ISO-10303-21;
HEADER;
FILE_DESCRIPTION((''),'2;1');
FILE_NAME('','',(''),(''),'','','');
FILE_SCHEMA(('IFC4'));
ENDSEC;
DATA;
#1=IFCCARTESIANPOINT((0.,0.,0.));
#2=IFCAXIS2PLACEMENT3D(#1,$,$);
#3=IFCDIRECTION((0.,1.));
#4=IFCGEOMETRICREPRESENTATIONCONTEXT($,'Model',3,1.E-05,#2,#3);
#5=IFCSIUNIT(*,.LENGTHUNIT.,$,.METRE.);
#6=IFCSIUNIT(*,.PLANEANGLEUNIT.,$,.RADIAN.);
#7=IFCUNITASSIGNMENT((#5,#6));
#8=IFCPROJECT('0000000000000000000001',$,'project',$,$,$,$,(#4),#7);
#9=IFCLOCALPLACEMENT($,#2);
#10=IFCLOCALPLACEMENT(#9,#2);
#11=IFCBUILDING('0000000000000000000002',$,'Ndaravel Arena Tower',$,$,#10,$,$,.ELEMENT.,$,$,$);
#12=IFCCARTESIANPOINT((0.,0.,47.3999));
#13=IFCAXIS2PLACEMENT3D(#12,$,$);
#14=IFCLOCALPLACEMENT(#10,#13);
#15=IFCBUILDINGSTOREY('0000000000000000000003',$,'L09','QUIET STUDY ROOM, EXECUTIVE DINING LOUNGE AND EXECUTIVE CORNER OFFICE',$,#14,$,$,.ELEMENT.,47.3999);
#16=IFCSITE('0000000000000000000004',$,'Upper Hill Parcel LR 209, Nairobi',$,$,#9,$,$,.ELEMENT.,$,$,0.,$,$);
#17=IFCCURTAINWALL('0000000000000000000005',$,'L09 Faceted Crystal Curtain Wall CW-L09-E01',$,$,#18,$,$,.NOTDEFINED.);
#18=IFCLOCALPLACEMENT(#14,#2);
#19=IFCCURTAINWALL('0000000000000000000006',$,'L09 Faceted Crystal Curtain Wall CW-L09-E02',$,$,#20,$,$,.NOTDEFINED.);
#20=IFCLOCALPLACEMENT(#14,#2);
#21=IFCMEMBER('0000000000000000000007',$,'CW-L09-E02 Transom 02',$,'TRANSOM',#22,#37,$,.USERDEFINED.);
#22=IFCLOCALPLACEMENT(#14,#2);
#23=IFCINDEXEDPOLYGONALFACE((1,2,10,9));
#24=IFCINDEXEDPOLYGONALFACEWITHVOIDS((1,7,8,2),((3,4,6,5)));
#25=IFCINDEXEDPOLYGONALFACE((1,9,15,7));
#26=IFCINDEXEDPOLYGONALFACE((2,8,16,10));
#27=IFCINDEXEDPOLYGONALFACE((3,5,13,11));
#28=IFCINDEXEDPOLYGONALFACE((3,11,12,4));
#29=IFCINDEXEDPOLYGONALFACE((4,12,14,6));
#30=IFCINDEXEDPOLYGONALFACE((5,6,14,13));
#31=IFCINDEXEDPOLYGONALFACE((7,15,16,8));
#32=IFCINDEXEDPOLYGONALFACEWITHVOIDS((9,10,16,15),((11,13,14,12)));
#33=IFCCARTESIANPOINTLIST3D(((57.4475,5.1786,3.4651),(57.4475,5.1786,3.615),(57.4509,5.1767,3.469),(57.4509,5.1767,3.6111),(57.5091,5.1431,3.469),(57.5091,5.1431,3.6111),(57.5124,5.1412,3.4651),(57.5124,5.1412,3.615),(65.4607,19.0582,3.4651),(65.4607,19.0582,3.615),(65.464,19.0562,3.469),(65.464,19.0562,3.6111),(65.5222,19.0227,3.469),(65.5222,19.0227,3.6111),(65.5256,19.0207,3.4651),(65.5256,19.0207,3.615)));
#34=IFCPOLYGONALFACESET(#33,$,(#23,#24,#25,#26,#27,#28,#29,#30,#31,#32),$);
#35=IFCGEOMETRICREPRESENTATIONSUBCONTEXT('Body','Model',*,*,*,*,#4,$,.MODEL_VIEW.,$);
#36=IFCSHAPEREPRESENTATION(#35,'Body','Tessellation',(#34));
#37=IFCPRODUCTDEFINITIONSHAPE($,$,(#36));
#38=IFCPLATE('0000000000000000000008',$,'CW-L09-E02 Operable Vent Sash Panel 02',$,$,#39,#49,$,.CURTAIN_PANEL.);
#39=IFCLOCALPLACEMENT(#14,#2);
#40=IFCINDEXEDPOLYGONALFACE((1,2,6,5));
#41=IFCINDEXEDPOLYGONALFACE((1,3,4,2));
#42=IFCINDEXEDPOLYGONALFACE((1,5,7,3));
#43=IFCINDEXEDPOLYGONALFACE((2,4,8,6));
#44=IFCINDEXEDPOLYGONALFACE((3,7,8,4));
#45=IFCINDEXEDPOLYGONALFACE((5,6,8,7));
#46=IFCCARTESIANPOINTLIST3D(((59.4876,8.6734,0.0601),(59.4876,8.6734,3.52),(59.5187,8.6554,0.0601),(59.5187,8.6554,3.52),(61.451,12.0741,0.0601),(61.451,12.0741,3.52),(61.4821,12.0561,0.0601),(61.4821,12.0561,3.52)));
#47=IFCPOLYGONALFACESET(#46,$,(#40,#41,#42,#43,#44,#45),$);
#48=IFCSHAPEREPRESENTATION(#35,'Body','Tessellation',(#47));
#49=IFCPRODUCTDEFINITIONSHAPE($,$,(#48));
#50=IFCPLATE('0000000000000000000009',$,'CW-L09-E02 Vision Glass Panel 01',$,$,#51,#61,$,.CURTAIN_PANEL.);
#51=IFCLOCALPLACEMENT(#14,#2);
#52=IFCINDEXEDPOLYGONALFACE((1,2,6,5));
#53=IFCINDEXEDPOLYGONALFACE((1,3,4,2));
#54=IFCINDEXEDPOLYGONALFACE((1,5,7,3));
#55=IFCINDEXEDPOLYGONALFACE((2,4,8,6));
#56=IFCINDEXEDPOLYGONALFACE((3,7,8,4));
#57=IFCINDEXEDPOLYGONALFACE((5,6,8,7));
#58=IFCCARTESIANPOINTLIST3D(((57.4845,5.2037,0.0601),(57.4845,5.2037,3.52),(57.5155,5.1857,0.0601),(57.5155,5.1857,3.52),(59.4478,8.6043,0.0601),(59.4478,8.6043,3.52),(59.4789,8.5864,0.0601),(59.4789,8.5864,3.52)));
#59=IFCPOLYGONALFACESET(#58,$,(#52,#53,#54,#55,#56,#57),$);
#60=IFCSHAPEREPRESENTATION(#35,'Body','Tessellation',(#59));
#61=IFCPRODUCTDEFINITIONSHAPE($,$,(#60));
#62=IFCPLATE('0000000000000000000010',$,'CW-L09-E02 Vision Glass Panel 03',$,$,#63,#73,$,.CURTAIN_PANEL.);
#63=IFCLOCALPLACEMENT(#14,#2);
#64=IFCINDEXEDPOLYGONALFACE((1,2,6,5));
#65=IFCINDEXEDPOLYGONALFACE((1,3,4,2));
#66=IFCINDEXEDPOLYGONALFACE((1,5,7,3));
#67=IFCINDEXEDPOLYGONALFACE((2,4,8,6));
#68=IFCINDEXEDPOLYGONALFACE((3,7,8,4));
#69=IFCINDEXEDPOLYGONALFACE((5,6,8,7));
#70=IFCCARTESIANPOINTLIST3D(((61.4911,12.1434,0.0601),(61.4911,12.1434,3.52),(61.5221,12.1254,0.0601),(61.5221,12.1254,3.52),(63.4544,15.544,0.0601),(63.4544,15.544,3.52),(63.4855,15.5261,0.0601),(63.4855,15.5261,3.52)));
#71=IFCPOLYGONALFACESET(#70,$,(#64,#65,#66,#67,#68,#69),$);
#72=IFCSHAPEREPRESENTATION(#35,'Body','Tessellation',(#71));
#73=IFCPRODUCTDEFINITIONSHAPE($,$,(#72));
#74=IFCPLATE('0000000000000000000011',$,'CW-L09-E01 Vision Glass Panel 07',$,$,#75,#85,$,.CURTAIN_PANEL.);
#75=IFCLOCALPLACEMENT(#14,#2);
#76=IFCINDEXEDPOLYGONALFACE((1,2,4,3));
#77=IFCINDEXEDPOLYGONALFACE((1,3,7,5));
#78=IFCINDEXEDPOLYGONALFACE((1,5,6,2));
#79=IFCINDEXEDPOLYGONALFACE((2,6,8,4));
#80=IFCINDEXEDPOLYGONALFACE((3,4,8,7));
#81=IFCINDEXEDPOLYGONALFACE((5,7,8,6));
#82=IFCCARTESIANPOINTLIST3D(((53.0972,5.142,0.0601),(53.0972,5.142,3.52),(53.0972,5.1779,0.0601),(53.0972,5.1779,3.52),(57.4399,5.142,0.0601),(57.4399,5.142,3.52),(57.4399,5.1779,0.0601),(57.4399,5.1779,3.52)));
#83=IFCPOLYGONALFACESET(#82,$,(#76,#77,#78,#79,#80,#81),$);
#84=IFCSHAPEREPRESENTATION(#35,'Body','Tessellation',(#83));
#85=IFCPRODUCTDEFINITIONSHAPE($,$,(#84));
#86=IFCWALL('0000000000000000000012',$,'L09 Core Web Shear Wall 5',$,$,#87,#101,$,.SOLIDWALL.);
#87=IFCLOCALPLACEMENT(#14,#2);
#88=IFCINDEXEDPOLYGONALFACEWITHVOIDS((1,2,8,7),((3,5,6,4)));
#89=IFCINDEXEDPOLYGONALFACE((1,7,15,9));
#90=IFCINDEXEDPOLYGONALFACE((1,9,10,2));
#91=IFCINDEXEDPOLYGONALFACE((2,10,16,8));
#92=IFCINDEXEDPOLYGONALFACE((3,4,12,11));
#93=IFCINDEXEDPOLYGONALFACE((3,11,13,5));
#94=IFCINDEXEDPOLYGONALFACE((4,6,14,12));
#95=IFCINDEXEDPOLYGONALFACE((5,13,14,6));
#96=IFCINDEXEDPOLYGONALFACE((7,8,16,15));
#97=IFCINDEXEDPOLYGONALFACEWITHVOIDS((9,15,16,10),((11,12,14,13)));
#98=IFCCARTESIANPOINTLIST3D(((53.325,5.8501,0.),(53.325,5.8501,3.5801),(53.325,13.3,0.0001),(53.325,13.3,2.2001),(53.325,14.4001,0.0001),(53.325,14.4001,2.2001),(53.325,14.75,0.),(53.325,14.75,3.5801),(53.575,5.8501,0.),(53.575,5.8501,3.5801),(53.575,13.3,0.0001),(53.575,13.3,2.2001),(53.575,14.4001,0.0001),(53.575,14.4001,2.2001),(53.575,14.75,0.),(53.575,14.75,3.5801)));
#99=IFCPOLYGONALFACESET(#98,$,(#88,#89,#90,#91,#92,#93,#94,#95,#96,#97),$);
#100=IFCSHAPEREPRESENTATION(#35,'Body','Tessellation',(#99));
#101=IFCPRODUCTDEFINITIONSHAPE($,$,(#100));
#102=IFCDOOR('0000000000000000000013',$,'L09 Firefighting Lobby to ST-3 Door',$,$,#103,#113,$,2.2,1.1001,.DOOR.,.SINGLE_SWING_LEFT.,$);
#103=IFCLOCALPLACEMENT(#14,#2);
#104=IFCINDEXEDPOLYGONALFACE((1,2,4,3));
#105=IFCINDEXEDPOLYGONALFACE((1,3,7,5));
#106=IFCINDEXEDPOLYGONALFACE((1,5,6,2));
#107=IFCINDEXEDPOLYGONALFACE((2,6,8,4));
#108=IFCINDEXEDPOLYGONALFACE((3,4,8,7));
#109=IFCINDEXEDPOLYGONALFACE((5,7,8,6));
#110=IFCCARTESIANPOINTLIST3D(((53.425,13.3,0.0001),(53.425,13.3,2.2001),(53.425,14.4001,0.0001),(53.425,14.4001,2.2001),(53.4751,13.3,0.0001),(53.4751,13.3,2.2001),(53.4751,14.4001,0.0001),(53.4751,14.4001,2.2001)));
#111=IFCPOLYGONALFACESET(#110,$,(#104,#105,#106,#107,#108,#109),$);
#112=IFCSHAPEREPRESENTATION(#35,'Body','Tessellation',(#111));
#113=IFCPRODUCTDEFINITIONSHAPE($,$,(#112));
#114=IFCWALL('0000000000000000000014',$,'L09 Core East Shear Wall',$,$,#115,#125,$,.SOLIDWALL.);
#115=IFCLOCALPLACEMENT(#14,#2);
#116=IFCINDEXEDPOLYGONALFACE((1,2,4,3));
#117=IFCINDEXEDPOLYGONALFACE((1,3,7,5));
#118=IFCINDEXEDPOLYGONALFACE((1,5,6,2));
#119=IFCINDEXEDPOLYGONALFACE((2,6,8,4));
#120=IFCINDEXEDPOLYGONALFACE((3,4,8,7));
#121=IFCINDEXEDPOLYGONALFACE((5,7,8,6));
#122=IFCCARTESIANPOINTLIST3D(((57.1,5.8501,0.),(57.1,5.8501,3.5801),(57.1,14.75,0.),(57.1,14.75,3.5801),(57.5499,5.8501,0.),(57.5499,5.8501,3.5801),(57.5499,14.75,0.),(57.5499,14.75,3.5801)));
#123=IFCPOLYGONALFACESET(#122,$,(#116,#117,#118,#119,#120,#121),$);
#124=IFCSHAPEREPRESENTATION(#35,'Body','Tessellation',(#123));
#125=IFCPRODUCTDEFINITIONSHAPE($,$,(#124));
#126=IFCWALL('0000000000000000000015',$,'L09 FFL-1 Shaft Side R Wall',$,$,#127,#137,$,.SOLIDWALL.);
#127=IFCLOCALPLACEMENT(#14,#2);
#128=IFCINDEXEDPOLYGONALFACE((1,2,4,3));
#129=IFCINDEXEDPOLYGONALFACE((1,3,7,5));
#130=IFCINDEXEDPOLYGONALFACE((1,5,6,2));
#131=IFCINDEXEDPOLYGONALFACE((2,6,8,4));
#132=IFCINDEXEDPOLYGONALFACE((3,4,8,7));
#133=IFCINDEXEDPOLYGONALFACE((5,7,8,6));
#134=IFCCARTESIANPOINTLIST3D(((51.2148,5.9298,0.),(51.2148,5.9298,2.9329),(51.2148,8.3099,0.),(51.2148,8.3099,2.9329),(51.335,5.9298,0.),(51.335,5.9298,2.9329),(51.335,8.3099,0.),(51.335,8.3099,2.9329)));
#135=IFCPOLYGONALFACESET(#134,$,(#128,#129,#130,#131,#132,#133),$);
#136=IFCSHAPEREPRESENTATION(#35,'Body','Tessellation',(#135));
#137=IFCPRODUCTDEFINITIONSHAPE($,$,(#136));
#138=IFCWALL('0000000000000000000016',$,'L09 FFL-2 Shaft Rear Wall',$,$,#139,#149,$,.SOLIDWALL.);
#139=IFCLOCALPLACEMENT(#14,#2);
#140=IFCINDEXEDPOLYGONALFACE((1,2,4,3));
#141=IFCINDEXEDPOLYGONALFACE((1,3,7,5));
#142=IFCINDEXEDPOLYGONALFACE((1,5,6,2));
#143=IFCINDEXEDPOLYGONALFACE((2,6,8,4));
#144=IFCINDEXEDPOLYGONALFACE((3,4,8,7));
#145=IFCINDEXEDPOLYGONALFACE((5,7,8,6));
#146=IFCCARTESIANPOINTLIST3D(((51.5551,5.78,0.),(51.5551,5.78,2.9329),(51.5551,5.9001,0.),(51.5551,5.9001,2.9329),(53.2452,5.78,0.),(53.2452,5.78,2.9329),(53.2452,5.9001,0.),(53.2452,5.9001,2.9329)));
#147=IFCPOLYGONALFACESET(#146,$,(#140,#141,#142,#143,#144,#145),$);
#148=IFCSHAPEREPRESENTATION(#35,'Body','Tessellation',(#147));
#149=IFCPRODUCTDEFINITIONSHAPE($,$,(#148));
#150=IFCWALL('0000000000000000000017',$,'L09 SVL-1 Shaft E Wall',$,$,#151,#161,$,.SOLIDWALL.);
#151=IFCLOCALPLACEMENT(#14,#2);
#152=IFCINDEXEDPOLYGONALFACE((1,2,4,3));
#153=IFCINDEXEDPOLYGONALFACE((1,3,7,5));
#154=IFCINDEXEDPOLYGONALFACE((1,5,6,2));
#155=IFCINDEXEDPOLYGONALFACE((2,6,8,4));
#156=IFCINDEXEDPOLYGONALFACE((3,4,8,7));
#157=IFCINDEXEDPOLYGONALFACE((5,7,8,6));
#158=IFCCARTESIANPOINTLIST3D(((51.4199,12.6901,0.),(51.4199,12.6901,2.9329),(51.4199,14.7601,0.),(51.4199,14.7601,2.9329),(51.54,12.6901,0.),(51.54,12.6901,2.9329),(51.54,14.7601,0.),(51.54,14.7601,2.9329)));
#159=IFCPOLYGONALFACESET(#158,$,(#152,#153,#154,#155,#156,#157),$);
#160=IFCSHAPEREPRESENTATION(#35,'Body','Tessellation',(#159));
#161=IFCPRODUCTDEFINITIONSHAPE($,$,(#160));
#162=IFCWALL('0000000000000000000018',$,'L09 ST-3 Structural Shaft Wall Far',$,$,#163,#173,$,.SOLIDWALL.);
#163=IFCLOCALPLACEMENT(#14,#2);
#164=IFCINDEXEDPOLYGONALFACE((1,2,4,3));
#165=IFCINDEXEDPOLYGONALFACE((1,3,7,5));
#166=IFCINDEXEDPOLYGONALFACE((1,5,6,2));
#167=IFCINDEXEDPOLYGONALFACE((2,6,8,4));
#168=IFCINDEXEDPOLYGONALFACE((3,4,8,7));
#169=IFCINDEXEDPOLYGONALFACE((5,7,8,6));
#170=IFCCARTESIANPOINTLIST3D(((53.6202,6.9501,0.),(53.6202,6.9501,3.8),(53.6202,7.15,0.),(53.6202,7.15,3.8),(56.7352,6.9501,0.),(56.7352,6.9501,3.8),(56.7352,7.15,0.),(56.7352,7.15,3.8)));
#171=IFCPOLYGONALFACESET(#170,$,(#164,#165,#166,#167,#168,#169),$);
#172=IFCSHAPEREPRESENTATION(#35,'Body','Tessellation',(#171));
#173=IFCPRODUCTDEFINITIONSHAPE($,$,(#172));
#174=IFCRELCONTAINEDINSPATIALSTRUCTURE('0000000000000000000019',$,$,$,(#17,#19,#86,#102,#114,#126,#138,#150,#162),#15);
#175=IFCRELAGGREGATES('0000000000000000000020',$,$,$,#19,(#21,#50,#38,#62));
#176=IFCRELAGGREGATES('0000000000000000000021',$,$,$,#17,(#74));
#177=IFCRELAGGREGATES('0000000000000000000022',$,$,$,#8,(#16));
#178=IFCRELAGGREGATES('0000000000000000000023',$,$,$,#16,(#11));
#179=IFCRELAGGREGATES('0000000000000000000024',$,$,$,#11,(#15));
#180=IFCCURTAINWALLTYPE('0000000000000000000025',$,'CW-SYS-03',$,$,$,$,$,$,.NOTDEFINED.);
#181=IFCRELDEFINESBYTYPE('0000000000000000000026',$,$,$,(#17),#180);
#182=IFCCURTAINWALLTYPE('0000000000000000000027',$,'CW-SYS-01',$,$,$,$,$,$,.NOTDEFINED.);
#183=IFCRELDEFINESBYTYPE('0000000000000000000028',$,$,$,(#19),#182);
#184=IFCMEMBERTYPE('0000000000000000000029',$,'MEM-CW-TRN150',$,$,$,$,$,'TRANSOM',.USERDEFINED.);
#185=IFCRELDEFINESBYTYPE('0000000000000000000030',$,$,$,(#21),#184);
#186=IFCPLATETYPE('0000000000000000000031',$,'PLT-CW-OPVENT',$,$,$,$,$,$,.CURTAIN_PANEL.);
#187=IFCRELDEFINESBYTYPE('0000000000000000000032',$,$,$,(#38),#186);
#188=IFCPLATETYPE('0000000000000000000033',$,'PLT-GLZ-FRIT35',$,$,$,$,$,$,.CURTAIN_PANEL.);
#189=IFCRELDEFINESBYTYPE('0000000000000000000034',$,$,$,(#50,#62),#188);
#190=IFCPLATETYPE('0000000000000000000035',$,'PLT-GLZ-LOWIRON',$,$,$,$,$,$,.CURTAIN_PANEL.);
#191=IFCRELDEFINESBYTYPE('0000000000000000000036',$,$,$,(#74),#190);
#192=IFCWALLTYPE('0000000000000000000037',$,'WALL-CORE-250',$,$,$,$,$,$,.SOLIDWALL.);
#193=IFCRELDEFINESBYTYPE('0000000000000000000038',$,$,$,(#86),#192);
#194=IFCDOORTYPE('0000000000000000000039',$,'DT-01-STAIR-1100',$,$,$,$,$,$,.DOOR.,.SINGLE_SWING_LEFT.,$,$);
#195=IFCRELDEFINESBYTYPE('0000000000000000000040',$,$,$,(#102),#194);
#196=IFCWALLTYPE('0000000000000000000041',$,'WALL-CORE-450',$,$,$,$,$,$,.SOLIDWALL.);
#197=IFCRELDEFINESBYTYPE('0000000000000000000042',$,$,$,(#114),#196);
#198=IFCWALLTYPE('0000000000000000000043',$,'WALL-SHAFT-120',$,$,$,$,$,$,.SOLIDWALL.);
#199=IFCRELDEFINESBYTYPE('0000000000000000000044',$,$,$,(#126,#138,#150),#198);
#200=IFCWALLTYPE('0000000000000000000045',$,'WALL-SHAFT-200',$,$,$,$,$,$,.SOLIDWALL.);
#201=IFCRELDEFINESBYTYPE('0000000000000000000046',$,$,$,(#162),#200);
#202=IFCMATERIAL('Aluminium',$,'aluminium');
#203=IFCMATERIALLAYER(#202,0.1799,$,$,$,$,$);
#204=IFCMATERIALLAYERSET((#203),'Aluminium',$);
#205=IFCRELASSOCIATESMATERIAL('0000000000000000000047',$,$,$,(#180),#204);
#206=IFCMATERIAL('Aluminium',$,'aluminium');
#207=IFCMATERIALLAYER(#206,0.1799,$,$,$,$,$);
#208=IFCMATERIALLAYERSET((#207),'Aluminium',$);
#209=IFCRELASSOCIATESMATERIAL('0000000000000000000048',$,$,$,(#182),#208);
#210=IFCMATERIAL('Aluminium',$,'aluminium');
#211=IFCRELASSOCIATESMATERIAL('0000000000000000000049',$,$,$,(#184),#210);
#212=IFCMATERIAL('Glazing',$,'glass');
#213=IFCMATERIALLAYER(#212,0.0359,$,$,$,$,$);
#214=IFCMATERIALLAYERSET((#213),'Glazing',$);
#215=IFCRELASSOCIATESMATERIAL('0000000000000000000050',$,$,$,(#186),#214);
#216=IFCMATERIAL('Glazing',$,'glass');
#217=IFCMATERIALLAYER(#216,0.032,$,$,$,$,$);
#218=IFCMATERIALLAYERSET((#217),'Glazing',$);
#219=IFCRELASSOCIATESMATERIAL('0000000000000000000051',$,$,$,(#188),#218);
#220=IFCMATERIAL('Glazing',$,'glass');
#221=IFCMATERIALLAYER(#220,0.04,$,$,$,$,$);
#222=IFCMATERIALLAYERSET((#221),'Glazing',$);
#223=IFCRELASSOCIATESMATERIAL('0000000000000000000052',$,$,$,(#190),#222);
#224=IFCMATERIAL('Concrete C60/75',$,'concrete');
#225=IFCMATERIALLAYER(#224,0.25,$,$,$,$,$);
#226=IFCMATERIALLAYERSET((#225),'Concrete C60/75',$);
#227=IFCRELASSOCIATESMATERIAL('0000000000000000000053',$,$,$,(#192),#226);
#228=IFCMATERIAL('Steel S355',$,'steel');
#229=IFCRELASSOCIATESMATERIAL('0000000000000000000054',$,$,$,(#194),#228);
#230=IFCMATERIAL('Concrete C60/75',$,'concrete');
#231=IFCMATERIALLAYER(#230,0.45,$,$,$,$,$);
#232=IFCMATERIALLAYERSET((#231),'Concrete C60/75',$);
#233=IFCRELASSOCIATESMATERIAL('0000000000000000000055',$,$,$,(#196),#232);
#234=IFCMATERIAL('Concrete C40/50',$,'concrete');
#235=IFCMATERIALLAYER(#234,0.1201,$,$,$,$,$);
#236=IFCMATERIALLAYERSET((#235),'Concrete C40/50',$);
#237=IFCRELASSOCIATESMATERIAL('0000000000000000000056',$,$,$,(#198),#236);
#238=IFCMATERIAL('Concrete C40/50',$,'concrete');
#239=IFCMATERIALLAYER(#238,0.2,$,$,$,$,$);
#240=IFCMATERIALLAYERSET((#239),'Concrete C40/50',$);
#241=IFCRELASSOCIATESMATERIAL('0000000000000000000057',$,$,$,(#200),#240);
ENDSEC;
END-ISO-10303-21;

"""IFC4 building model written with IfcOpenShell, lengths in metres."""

from ifc_helpers import new_model, si_unit, direction, frame, frame_2d, origin, origin_2d, place, context, subcontext, project, spatial, rectangle, hollow_rectangle, extrude, material, layer, layer_set, material_profile, profile_set, type_object, element, fill, aggregate, save


model = new_model("IFC4")

# Units and contexts
model_context = context("Model", 3, precision=1e-05, world=origin(), true_north=direction((0.0, 1.0)))
body_context = subcontext(model_context, "Body", "Model", "MODEL_VIEW")
ifc_project = project(units=[si_unit("LENGTHUNIT", "METRE"), si_unit("PLANEANGLEUNIT", "RADIAN")], contexts=[model_context])

# Site, building, storey
site_placement = place(None, origin())
site = spatial("IfcSite", under=ifc_project, at=site_placement, Name="Upper Hill Parcel LR 209, Nairobi", CompositionType="ELEMENT", RefElevation=0.0)
building_placement = place(site_placement, origin())
building = spatial("IfcBuilding", under=site, at=building_placement, Name="Ndaravel Arena Tower", CompositionType="ELEMENT")
storey_placement = place(building_placement, frame((0.0, 0.0, 47.3999)))
storey = spatial("IfcBuildingStorey", under=building, at=storey_placement, Name="L09", Description="QUIET STUDY ROOM, EXECUTIVE DINING LOUNGE AND EXECUTIVE CORNER OFFICE", CompositionType="ELEMENT", Elevation=47.3999)

# Curtain wall
ifc_material_1 = material(Name="Aluminium", Category="aluminium")
ifc_layer_1 = layer(ifc_material_1, 0.1799)
ifc_layer_set_1 = layer_set([ifc_layer_1], Name="Aluminium")
curtain_wall_type_1 = type_object("IfcCurtainWallType", Name="CW-SYS-03", PredefinedType="NOTDEFINED", material=ifc_layer_set_1)
curtain_wall_1_placement = place(storey_placement, origin())
curtain_wall_1 = element("IfcCurtainWall", 1, at=curtain_wall_1_placement, inside=storey, type_object=curtain_wall_type_1, Name="L09 Faceted Crystal Curtain Wall CW-L09-E01", PredefinedType="NOTDEFINED")

# Curtain wall, member, plates
ifc_material_2 = material(Name="Aluminium", Category="aluminium")
ifc_layer_2 = layer(ifc_material_2, 0.1799)
ifc_layer_set_2 = layer_set([ifc_layer_2], Name="Aluminium")
curtain_wall_type_2 = type_object("IfcCurtainWallType", Name="CW-SYS-01", PredefinedType="NOTDEFINED", material=ifc_layer_set_2)
curtain_wall_2_placement = place(storey_placement, origin())
curtain_wall_2 = element("IfcCurtainWall", 2, at=curtain_wall_2_placement, inside=storey, type_object=curtain_wall_type_2, Name="L09 Faceted Crystal Curtain Wall CW-L09-E02", PredefinedType="NOTDEFINED")
ifc_material_3 = material(Name="Aluminium", Category="aluminium")
ifc_material_profile_1 = material_profile(ifc_material_3, hollow_rectangle(XDim=0.075, YDim=0.1499, WallThickness=0.0039, at=origin_2d()), Name="CW TRANSOM 75x150x4")
ifc_profile_set_1 = profile_set([ifc_material_profile_1], Name="Aluminium")
member_type_1 = type_object("IfcMemberType", Name="MEM-CW-TRN150", ElementType="TRANSOM", PredefinedType="USERDEFINED", material=ifc_profile_set_1)
member_1_placement = place(storey_placement, frame((57.48, 5.1599, 3.54), z_axis=(0.499989, 0.866032, 0.0), x_axis=(-0.866032, 0.499989, 0.0)))
member_1 = element("IfcMember", 3, at=member_1_placement, type_object=member_type_1, Name="CW-L09-E02 Transom 02", ObjectType="TRANSOM", PredefinedType="USERDEFINED", context=body_context, shape_type="SweptSolid", body=[
    extrude(hollow_rectangle(XDim=0.075, YDim=0.1499, WallThickness=0.0039, at=origin_2d()), origin(), (0.0, 0.0, 1.0), 16.0266),
])
ifc_material_4 = material(Name="Glazing", Category="glass")
ifc_layer_3 = layer(ifc_material_4, 0.0359)
ifc_layer_set_3 = layer_set([ifc_layer_3], Name="Glazing")
plate_type_1 = type_object("IfcPlateType", Name="PLT-CW-OPVENT", PredefinedType="CURTAIN_PANEL", material=ifc_layer_set_3)
plate_1_placement = place(storey_placement, frame((60.4849, 10.3647, 0.0601), z_axis=(0.0, 0.0, 1.0), x_axis=(0.5, 0.866025, 0.0)))
plate_1 = element("IfcPlate", 4, at=plate_1_placement, type_object=plate_type_1, Name="CW-L09-E02 Operable Vent Sash Panel 02", PredefinedType="CURTAIN_PANEL", context=body_context, shape_type="SweptSolid", body=[
    extrude(rectangle(XDim=3.9268, YDim=0.0359, at=origin_2d()), origin(), (0.0, 0.0, 1.0), 3.46),
])
ifc_material_5 = material(Name="Glazing", Category="glass")
ifc_layer_4 = layer(ifc_material_5, 0.032)
ifc_layer_set_4 = layer_set([ifc_layer_4], Name="Glazing")
plate_type_2 = type_object("IfcPlateType", Name="PLT-GLZ-FRIT35", PredefinedType="CURTAIN_PANEL", material=ifc_layer_set_4)
plate_2_placement = place(storey_placement, frame((58.4817, 6.895, 0.0601), z_axis=(0.0, 0.0, 1.0), x_axis=(0.5, 0.866025, 0.0)))
plate_2 = element("IfcPlate", 5, at=plate_2_placement, type_object=plate_type_2, Name="CW-L09-E02 Vision Glass Panel 01", PredefinedType="CURTAIN_PANEL", context=body_context, shape_type="SweptSolid", body=[
    extrude(rectangle(XDim=3.9268, YDim=0.0359, at=origin_2d()), origin(), (0.0, 0.0, 1.0), 3.46),
])
plate_3_placement = place(storey_placement, frame((62.4883, 13.8347, 0.0601), z_axis=(0.0, 0.0, 1.0), x_axis=(0.5, 0.866025, 0.0)))
plate_3 = element("IfcPlate", 6, at=plate_3_placement, type_object=plate_type_2, Name="CW-L09-E02 Vision Glass Panel 03", PredefinedType="CURTAIN_PANEL", context=body_context, shape_type="SweptSolid", body=[
    extrude(rectangle(XDim=3.9268, YDim=0.0359, at=origin_2d()), origin(), (0.0, 0.0, 1.0), 3.46),
])
aggregate(curtain_wall_2, [member_1, plate_2, plate_1, plate_3])

# Plate
ifc_material_6 = material(Name="Glazing", Category="glass")
ifc_layer_5 = layer(ifc_material_6, 0.04)
ifc_layer_set_5 = layer_set([ifc_layer_5], Name="Glazing")
plate_type_3 = type_object("IfcPlateType", Name="PLT-GLZ-LOWIRON", PredefinedType="CURTAIN_PANEL", material=ifc_layer_set_5)
plate_4_placement = place(storey_placement, frame((55.2686, 5.1599, 0.0601), z_axis=(0.0, 0.0, 1.0), x_axis=(1.0, 0.0, 0.0)))
plate_4 = element("IfcPlate", 7, at=plate_4_placement, type_object=plate_type_3, Name="CW-L09-E01 Vision Glass Panel 07", PredefinedType="CURTAIN_PANEL", context=body_context, shape_type="SweptSolid", body=[
    extrude(rectangle(XDim=4.3428, YDim=0.0359, at=origin_2d()), origin(), (0.0, 0.0, 1.0), 3.46),
])
aggregate(curtain_wall_1, [plate_4])

# Wall, opening, door
ifc_material_7 = material(Name="Concrete C60/75", Category="concrete")
ifc_layer_6 = layer(ifc_material_7, 0.25)
ifc_layer_set_6 = layer_set([ifc_layer_6], Name="Concrete C60/75")
wall_type_1 = type_object("IfcWallType", Name="WALL-CORE-250", PredefinedType="SOLIDWALL", material=ifc_layer_set_6)
wall_1_placement = place(storey_placement, frame((53.45, 5.8501, 0.0), z_axis=(0.0, 0.0, 1.0), x_axis=(0.0, 1.0, 0.0)))
wall_1 = element("IfcWall", 8, at=wall_1_placement, inside=storey, type_object=wall_type_1, Name="L09 Core Web Shear Wall 5", PredefinedType="SOLIDWALL", context=body_context, shape_type="SweptSolid", body=[
    extrude(rectangle(XDim=8.8999, YDim=0.25, at=frame_2d((4.45, 0.0))), origin(), (0.0, 0.0, 1.0), 3.5801),
])
opening_1_placement = place(wall_1_placement, frame((7.45, 0.0, 0.0)))
opening_1 = element("IfcOpeningElement", 9, at=opening_1_placement, cuts=wall_1, PredefinedType="OPENING", context=body_context, shape_type="SweptSolid", body=[
    extrude(rectangle(XDim=1.1001, YDim=2.2, at=frame_2d((0.55, 1.1001))), frame((0.0, 0.125, 0.0), z_axis=(0.0, -1.0, 0.0), x_axis=(1.0, 0.0, 0.0)), (0.0, 0.0, 1.0), 0.25),
])
ifc_material_8 = material(Name="Steel S355", Category="steel")
door_type_1 = type_object("IfcDoorType", Name="DT-01-STAIR-1100", OperationType="SINGLE_SWING_LEFT", PredefinedType="DOOR", material=ifc_material_8)
door_1_placement = place(opening_1_placement, origin())
door_1 = element("IfcDoor", 10, at=door_1_placement, inside=storey, type_object=door_type_1, Name="L09 Firefighting Lobby to ST-3 Door", OperationType="SINGLE_SWING_LEFT", OverallHeight=2.2, OverallWidth=1.1001, PredefinedType="DOOR", context=body_context, shape_type="SweptSolid", body=[
    extrude(rectangle(XDim=1.1001, YDim=2.2, at=frame_2d((0.55, 1.1001))), frame((0.0, 0.0249, 0.0), z_axis=(0.0, -1.0, 0.0), x_axis=(1.0, 0.0, 0.0)), (0.0, 0.0, 1.0), 0.05),
])
fill(opening_1, door_1)

# Walls
ifc_material_9 = material(Name="Concrete C60/75", Category="concrete")
ifc_layer_7 = layer(ifc_material_9, 0.45)
ifc_layer_set_7 = layer_set([ifc_layer_7], Name="Concrete C60/75")
wall_type_2 = type_object("IfcWallType", Name="WALL-CORE-450", PredefinedType="SOLIDWALL", material=ifc_layer_set_7)
wall_2_placement = place(storey_placement, frame((57.325, 5.8501, 0.0), z_axis=(0.0, 0.0, 1.0), x_axis=(0.0, 1.0, 0.0)))
element("IfcWall", 11, at=wall_2_placement, inside=storey, type_object=wall_type_2, Name="L09 Core East Shear Wall", PredefinedType="SOLIDWALL", context=body_context, shape_type="SweptSolid", body=[
    extrude(rectangle(XDim=8.8999, YDim=0.45, at=frame_2d((4.45, 0.0))), origin(), (0.0, 0.0, 1.0), 3.5801),
])
ifc_material_10 = material(Name="Concrete C40/50", Category="concrete")
ifc_layer_8 = layer(ifc_material_10, 0.1201)
ifc_layer_set_8 = layer_set([ifc_layer_8], Name="Concrete C40/50")
wall_type_3 = type_object("IfcWallType", Name="WALL-SHAFT-120", PredefinedType="SOLIDWALL", material=ifc_layer_set_8)
wall_3_placement = place(storey_placement, frame((51.2749, 5.9299, 0.0), z_axis=(0.0, 0.0, 1.0), x_axis=(0.0, 1.0, 0.0)))
element("IfcWall", 12, at=wall_3_placement, inside=storey, type_object=wall_type_3, Name="L09 FFL-1 Shaft Side R Wall", PredefinedType="SOLIDWALL", context=body_context, shape_type="SweptSolid", body=[
    extrude(rectangle(XDim=2.3801, YDim=0.1201, at=frame_2d((1.1899, 0.0))), origin(), (0.0, 0.0, 1.0), 2.9329),
])
wall_4_placement = place(storey_placement, frame((51.5549, 5.8401, 0.0), z_axis=(0.0, 0.0, 1.0), x_axis=(1.0, 0.0, 0.0)))
element("IfcWall", 13, at=wall_4_placement, inside=storey, type_object=wall_type_3, Name="L09 FFL-2 Shaft Rear Wall", PredefinedType="SOLIDWALL", context=body_context, shape_type="SweptSolid", body=[
    extrude(rectangle(XDim=1.6902, YDim=0.1201, at=frame_2d((0.8452, 0.0))), origin(), (0.0, 0.0, 1.0), 2.9329),
])
wall_5_placement = place(storey_placement, frame((51.48, 12.6899, 0.0), z_axis=(0.0, 0.0, 1.0), x_axis=(0.0, 1.0, 0.0)))
element("IfcWall", 14, at=wall_5_placement, inside=storey, type_object=wall_type_3, Name="L09 SVL-1 Shaft E Wall", PredefinedType="SOLIDWALL", context=body_context, shape_type="SweptSolid", body=[
    extrude(rectangle(XDim=2.0701, YDim=0.1201, at=frame_2d((1.0352, 0.0))), origin(), (0.0, 0.0, 1.0), 2.9329),
])
ifc_material_11 = material(Name="Concrete C40/50", Category="concrete")
ifc_layer_9 = layer(ifc_material_11, 0.2)
ifc_layer_set_9 = layer_set([ifc_layer_9], Name="Concrete C40/50")
wall_type_4 = type_object("IfcWallType", Name="WALL-SHAFT-200", PredefinedType="SOLIDWALL", material=ifc_layer_set_9)
wall_6_placement = place(storey_placement, frame((53.6201, 7.05, 0.0), z_axis=(0.0, 0.0, 1.0), x_axis=(1.0, 0.0, 0.0)))
element("IfcWall", 15, at=wall_6_placement, inside=storey, type_object=wall_type_4, Name="L09 ST-3 Structural Shaft Wall Far", PredefinedType="SOLIDWALL", context=body_context, shape_type="SweptSolid", body=[
    extrude(rectangle(XDim=3.115, YDim=0.2, at=frame_2d((1.5576, 0.0))), origin(), (0.0, 0.0, 1.0), 3.8),
])

save(model, "model.ifc")
